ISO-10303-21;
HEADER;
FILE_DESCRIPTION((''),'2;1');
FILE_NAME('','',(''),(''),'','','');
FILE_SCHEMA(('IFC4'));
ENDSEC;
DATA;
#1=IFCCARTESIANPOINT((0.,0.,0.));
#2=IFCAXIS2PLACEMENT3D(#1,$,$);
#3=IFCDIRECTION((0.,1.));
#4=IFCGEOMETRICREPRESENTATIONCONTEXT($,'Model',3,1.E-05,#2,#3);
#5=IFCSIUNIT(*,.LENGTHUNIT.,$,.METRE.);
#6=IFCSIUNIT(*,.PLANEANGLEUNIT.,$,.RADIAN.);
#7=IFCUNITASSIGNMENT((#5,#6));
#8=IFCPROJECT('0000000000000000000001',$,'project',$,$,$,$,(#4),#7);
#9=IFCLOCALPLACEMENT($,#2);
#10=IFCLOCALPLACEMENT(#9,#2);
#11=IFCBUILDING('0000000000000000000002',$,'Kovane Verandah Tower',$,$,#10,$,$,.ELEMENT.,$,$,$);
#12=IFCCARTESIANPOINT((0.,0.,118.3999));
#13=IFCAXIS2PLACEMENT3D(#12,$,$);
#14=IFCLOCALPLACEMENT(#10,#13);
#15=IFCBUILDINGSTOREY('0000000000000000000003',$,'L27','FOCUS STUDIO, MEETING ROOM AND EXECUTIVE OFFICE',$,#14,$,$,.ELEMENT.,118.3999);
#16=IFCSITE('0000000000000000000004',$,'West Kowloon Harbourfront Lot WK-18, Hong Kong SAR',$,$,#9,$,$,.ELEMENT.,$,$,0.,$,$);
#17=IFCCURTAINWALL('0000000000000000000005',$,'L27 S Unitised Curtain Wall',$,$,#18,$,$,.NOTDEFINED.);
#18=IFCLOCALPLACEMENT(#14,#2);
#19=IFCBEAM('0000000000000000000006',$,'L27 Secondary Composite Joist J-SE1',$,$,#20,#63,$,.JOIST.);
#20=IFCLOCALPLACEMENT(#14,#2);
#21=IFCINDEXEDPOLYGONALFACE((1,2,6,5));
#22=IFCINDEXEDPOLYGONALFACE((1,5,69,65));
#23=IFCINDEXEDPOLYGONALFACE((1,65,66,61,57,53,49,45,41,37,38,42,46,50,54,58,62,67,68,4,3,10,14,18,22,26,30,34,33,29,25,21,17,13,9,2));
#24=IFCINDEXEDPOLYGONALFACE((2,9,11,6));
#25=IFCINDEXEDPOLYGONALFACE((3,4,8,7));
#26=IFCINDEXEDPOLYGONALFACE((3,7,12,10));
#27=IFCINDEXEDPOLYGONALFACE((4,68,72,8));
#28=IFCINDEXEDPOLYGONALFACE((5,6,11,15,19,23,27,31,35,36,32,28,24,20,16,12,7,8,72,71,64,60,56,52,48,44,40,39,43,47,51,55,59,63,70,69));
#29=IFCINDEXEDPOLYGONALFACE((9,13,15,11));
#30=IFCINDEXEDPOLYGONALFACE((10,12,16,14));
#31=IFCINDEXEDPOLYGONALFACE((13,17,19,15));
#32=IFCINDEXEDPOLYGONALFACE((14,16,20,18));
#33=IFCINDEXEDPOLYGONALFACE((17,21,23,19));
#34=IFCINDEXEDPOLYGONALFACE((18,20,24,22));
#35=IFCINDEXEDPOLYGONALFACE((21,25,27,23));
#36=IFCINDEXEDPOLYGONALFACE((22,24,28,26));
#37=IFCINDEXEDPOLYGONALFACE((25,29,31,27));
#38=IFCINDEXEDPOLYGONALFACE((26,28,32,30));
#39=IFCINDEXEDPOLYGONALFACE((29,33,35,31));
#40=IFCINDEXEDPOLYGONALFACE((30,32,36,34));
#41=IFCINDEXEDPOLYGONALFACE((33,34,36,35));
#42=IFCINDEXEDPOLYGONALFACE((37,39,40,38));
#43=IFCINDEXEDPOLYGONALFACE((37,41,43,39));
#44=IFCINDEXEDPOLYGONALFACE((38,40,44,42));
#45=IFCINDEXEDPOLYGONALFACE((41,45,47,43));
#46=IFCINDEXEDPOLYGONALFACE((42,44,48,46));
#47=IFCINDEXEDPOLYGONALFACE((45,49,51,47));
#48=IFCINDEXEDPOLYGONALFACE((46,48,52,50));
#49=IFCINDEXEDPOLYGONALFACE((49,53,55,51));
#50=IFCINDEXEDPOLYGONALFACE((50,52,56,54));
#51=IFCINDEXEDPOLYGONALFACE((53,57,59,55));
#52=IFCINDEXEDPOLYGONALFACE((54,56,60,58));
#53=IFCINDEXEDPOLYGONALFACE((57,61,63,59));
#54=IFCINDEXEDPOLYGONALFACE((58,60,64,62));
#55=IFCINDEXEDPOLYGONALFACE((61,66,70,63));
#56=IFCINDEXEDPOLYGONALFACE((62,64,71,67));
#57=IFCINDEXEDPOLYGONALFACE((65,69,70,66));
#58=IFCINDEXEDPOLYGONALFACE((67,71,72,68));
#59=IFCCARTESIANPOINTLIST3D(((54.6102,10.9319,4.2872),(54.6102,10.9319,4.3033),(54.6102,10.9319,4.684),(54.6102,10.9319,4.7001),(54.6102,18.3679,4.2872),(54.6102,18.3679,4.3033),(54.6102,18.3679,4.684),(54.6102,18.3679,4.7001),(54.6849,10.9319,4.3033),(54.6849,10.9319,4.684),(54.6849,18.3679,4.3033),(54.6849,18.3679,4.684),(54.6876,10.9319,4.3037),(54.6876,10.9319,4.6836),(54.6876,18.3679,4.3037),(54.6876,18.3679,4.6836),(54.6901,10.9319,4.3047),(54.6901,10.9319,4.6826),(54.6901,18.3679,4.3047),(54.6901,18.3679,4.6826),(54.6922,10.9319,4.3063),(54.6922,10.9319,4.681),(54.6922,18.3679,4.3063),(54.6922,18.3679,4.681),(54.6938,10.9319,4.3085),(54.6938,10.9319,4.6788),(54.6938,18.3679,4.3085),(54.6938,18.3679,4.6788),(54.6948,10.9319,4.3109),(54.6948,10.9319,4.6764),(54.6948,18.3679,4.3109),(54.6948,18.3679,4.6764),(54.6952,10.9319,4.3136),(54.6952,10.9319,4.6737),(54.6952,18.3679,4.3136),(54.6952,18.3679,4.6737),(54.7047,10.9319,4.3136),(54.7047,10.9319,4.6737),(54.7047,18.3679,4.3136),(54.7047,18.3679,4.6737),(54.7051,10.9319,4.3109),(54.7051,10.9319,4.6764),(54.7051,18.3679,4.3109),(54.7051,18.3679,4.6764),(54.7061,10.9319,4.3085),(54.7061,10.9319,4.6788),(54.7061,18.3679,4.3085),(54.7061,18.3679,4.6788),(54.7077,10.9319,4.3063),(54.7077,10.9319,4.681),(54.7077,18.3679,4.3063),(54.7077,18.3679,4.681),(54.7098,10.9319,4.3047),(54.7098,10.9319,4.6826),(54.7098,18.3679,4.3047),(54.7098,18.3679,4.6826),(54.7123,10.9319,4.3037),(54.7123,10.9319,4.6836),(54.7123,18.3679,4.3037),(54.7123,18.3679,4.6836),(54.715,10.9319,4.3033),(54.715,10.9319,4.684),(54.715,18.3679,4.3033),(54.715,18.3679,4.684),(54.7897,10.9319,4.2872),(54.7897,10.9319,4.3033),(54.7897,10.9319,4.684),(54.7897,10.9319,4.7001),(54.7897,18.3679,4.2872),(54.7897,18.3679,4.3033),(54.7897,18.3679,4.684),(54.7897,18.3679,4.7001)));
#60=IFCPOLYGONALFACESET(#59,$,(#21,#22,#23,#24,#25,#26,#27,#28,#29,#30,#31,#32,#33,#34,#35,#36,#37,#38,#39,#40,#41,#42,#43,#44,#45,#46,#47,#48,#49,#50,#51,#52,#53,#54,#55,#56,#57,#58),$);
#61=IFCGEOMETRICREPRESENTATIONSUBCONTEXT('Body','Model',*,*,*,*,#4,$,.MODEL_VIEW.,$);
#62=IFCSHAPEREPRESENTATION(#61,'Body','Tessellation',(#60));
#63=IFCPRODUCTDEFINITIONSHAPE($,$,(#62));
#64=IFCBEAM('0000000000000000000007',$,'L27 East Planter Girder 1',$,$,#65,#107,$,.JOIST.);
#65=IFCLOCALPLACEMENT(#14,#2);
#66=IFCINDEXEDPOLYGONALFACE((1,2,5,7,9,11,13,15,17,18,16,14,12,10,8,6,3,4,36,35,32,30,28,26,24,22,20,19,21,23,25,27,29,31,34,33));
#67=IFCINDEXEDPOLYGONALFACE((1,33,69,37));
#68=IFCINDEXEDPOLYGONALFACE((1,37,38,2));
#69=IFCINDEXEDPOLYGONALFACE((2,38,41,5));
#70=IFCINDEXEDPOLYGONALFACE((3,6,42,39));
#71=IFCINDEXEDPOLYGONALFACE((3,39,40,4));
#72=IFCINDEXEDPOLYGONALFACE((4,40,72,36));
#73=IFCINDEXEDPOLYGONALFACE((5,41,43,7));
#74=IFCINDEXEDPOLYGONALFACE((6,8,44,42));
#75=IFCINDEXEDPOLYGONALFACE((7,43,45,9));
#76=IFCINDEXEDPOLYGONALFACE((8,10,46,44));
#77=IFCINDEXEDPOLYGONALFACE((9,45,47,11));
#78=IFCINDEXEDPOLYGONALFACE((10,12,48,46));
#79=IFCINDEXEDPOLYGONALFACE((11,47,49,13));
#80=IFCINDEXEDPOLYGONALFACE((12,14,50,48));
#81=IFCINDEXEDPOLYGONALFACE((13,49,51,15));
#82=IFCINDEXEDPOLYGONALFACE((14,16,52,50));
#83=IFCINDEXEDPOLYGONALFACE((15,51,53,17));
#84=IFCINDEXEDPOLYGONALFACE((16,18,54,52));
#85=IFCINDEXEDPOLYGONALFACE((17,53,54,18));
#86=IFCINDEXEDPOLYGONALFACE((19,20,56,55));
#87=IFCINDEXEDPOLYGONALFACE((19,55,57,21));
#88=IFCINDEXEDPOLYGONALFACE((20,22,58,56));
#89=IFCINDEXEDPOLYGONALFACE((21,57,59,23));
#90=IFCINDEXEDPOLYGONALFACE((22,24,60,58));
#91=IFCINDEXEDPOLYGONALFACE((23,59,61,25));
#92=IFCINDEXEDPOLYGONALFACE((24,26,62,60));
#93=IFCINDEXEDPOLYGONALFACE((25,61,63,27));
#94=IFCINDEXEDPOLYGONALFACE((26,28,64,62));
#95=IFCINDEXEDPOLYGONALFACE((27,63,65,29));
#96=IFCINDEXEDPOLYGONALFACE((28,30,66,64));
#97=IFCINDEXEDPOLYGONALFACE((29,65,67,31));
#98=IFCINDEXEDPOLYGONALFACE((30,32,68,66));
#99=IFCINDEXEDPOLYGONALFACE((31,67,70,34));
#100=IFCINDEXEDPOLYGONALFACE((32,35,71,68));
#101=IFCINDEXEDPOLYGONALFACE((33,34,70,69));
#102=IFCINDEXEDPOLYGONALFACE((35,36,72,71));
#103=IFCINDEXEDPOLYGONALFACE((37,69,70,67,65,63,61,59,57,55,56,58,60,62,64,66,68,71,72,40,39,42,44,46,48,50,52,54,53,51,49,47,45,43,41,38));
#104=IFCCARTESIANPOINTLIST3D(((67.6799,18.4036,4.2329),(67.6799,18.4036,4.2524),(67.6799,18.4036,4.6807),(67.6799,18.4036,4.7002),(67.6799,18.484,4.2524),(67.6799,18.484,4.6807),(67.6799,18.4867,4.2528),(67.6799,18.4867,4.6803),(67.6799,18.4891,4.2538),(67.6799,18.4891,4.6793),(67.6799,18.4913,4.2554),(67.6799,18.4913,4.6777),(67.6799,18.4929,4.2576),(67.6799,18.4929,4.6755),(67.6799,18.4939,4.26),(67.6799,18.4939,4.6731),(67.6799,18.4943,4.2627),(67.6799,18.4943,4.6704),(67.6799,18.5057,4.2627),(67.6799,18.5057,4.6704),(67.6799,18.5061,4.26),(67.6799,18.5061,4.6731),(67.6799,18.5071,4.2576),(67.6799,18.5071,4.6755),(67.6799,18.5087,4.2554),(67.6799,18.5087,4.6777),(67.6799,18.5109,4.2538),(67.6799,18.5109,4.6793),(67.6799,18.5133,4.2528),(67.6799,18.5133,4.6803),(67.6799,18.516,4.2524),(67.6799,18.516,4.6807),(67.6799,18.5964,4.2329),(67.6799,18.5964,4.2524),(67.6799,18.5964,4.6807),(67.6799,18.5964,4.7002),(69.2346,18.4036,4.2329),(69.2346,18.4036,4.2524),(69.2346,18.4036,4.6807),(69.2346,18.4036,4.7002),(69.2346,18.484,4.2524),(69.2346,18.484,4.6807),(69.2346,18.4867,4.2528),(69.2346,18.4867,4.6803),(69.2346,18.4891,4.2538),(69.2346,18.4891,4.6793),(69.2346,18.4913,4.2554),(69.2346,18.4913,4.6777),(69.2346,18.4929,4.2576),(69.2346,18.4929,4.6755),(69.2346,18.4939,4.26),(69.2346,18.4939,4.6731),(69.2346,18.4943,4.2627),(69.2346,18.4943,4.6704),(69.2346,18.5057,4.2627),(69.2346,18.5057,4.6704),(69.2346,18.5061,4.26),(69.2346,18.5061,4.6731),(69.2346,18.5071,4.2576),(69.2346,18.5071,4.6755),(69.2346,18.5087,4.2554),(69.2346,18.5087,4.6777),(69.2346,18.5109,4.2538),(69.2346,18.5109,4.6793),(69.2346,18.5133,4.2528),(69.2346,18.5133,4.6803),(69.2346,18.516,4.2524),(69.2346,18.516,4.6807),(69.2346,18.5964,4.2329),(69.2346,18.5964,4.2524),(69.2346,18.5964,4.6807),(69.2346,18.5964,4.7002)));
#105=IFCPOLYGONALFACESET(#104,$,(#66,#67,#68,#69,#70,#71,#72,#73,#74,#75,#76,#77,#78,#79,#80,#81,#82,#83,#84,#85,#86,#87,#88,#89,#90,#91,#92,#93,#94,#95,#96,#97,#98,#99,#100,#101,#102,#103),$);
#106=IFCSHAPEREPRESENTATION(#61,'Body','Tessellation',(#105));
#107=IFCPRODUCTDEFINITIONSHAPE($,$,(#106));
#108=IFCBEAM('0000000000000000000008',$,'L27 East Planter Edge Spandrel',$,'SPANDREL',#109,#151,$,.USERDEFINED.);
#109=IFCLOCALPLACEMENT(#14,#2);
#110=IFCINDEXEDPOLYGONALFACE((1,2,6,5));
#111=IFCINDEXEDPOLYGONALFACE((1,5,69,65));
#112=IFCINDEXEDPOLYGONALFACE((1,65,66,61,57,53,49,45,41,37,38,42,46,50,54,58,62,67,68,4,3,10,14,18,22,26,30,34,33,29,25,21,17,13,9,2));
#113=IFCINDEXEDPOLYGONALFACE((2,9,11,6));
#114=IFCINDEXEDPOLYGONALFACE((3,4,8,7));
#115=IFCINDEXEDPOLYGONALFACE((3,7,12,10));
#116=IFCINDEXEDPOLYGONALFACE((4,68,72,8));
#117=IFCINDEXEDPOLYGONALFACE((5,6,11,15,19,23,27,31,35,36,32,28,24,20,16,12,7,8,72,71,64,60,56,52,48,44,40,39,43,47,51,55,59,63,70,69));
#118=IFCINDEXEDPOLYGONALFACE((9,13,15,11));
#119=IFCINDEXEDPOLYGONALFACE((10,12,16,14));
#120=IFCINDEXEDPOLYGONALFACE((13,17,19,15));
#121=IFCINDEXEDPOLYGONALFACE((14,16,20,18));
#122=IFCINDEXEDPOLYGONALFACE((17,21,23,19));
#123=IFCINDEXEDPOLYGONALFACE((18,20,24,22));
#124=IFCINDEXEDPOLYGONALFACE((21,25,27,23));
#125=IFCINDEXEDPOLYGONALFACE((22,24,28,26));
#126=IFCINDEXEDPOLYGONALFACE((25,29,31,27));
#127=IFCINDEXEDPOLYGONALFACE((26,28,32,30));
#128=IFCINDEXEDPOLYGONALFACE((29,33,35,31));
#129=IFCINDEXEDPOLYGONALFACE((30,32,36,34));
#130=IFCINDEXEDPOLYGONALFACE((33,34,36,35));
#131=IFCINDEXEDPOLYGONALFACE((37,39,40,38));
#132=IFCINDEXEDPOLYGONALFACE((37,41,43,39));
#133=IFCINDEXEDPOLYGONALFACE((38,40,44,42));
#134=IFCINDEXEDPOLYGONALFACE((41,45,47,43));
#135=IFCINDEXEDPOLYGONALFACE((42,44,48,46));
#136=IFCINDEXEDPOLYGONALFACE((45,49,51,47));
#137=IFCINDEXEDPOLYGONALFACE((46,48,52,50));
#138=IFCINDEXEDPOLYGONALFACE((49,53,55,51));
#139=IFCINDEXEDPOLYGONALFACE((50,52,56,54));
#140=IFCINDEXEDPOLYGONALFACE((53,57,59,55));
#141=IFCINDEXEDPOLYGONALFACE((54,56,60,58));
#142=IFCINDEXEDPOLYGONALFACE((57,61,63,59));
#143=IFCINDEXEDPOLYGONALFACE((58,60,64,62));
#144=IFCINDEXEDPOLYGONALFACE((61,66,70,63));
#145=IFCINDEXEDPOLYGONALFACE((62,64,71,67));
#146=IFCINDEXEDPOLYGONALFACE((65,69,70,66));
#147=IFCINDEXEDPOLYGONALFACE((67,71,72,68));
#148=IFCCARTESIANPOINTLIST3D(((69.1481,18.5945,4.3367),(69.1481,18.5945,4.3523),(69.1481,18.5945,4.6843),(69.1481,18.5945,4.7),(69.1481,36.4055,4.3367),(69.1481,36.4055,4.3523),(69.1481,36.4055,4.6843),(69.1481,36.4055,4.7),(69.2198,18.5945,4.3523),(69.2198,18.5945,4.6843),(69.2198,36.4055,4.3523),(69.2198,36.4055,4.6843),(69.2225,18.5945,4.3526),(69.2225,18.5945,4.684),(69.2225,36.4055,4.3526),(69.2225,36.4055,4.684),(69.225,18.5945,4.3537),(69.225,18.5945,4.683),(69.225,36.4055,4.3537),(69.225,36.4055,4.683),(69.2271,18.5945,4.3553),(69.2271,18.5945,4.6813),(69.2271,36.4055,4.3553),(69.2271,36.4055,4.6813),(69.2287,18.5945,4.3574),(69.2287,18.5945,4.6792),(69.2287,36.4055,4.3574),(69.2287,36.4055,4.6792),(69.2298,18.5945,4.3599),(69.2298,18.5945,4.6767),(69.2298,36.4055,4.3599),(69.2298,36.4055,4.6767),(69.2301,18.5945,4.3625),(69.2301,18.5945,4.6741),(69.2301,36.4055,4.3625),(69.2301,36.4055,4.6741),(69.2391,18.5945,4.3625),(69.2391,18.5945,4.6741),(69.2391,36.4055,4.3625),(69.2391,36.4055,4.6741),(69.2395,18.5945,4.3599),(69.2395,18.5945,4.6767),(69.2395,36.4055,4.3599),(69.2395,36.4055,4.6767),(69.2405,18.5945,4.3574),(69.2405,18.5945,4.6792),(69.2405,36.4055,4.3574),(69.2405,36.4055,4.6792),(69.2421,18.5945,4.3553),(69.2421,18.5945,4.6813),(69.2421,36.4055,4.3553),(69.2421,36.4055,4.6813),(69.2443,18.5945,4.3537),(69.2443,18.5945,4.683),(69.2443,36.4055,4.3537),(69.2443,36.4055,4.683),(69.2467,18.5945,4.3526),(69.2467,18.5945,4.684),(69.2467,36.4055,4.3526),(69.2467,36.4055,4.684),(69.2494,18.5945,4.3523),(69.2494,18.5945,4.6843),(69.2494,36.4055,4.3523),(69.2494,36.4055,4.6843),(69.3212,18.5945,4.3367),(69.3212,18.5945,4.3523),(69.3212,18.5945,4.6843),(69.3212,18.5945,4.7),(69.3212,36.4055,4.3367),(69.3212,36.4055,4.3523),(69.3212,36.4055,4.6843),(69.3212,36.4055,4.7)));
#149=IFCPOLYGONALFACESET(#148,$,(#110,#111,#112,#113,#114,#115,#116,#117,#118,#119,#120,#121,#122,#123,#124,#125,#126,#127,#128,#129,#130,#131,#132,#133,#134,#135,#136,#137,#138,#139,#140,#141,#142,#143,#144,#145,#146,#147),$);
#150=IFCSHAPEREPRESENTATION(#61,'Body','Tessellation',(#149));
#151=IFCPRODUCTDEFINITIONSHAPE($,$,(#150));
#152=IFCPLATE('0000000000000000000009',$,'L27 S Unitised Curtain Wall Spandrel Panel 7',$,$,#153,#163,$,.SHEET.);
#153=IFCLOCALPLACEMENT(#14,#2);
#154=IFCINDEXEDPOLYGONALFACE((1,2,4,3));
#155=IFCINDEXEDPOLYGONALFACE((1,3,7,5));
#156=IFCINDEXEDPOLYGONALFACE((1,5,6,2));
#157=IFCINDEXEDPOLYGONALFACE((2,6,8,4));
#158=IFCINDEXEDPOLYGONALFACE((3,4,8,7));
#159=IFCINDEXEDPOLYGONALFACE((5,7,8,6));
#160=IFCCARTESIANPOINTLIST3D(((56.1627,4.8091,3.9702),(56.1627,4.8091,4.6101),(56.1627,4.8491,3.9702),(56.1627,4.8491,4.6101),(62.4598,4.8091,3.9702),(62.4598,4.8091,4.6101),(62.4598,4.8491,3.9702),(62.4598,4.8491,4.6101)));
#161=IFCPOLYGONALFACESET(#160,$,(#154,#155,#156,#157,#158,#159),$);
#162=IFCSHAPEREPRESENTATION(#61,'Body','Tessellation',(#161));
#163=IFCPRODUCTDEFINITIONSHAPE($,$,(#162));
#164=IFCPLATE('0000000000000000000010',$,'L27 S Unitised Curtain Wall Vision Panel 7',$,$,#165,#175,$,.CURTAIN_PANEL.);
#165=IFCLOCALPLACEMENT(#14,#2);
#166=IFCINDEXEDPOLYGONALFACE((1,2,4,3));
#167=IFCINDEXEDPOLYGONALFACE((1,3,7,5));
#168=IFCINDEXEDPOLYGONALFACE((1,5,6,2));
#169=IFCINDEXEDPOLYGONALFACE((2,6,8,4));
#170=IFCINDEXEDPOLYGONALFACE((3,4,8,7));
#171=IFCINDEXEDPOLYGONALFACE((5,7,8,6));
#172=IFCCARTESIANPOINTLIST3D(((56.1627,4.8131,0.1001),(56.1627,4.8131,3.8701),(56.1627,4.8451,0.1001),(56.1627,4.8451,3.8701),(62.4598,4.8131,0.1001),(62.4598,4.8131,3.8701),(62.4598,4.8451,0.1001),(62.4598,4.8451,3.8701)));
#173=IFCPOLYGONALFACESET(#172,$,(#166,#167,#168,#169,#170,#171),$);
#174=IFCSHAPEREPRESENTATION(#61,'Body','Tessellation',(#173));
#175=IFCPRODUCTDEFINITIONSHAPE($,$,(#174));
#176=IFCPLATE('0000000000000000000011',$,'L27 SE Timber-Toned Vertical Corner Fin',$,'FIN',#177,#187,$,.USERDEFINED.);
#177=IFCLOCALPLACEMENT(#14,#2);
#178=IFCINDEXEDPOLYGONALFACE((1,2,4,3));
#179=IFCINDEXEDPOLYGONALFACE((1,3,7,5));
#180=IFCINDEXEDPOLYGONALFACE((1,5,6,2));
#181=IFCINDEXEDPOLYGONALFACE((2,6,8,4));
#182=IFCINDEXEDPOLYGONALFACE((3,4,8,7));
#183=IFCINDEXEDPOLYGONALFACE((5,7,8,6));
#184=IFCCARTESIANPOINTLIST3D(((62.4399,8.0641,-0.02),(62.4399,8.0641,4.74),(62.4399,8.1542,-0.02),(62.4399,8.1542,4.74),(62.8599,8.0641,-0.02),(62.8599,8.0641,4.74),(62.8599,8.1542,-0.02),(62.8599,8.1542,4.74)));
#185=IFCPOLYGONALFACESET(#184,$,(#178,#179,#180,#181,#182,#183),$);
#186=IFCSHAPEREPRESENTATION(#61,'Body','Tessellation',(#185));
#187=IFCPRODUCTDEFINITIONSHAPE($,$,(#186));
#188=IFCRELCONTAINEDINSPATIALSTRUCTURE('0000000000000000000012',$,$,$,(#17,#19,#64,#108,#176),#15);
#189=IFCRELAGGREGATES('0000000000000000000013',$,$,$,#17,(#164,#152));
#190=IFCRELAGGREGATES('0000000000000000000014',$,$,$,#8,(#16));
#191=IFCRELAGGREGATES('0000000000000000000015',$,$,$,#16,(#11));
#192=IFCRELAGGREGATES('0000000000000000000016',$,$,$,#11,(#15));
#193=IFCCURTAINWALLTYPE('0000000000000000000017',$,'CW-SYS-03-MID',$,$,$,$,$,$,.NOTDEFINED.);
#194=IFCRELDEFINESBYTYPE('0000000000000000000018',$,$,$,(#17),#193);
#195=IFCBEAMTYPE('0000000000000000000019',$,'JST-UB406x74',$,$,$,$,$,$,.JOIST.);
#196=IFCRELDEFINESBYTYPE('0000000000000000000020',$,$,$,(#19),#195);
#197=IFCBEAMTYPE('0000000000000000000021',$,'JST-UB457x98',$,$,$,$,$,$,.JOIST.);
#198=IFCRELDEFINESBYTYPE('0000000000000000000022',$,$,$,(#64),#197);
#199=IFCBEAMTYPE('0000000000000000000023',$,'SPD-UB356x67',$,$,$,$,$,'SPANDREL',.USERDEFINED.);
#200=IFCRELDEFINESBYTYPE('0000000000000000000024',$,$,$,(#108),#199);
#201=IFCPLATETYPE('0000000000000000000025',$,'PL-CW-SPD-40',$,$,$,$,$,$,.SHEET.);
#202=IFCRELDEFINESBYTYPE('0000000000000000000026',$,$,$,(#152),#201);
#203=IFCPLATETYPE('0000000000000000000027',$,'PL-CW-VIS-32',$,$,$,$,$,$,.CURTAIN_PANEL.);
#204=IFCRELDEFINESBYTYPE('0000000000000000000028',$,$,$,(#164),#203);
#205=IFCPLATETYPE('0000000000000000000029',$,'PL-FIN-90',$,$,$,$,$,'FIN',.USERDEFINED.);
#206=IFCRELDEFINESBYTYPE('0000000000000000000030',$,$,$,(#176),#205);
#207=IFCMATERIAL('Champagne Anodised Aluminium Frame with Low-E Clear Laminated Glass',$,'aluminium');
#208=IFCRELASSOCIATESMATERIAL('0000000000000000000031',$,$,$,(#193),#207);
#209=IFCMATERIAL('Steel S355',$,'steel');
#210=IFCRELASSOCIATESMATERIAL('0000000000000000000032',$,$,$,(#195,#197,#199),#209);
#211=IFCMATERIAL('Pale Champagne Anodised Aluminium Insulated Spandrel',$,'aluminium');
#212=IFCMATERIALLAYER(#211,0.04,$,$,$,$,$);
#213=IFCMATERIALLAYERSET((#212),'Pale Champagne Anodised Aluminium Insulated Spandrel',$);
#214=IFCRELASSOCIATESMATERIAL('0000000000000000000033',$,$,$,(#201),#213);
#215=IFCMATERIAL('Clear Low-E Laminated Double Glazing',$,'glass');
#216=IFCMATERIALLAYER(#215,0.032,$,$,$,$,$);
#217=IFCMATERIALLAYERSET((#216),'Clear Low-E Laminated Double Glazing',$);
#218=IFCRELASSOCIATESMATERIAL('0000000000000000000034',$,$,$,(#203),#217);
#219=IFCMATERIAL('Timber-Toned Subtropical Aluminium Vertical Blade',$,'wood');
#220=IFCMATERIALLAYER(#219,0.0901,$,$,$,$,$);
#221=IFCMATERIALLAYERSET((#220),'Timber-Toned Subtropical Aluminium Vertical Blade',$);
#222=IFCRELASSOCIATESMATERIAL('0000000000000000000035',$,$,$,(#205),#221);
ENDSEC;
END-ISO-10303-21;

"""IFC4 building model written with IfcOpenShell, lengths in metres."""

from ifc_helpers import new_model, si_unit, direction, frame, origin, origin_2d, place, context, subcontext, project, spatial, rectangle, i_section, extrude, material, layer, layer_set, material_profile, profile_set, type_object, element, aggregate, save


model = new_model("IFC4")

# Units and contexts
model_context = context("Model", 3, precision=1e-05, world=origin(), true_north=direction((0.0, 1.0)))
body_context = subcontext(model_context, "Body", "Model", "MODEL_VIEW")
ifc_project = project(units=[si_unit("LENGTHUNIT", "METRE"), si_unit("PLANEANGLEUNIT", "RADIAN")], contexts=[model_context])

# Site, building, storey
site_placement = place(None, origin())
site = spatial("IfcSite", under=ifc_project, at=site_placement, Name="West Kowloon Harbourfront Lot WK-18, Hong Kong SAR", CompositionType="ELEMENT", RefElevation=0.0)
building_placement = place(site_placement, origin())
building = spatial("IfcBuilding", under=site, at=building_placement, Name="Kovane Verandah Tower", CompositionType="ELEMENT")
storey_placement = place(building_placement, frame((0.0, 0.0, 118.3999)))
storey = spatial("IfcBuildingStorey", under=building, at=storey_placement, Name="L27", Description="FOCUS STUDIO, MEETING ROOM AND EXECUTIVE OFFICE", CompositionType="ELEMENT", Elevation=118.3999)

# Shared definitions
ifc_material_1 = material(Name="Steel S355", Category="steel")

# Curtain wall
ifc_material_2 = material(Name="Champagne Anodised Aluminium Frame with Low-E Clear Laminated Glass", Category="aluminium")
curtain_wall_type = type_object("IfcCurtainWallType", Name="CW-SYS-03-MID", PredefinedType="NOTDEFINED", material=ifc_material_2)
curtain_wall_placement = place(storey_placement, origin())
curtain_wall = element("IfcCurtainWall", 1, at=curtain_wall_placement, inside=storey, type_object=curtain_wall_type, Name="L27 S Unitised Curtain Wall", PredefinedType="NOTDEFINED")

# Beams
ifc_material_profile_1 = material_profile(ifc_material_1, i_section(OverallWidth=0.1794, OverallDepth=0.4128, WebThickness=0.0095, FlangeThickness=0.0161, FilletRadius=0.0103, at=origin_2d()), Name="UB406x178x74")
ifc_profile_set_1 = profile_set([ifc_material_profile_1], Name="Steel S355")
beam_type_1 = type_object("IfcBeamType", Name="JST-UB406x74", PredefinedType="JOIST", material=ifc_profile_set_1)
beam_1_placement = place(storey_placement, frame((54.7, 10.9319, 4.4937), z_axis=(0.0, 1.0, 0.0), x_axis=(-1.0, 0.0, 0.0)))
element("IfcBeam", 2, at=beam_1_placement, inside=storey, type_object=beam_type_1, Name="L27 Secondary Composite Joist J-SE1", PredefinedType="JOIST", context=body_context, shape_type="SweptSolid", body=[
    extrude(i_section(OverallWidth=0.1794, OverallDepth=0.4128, WebThickness=0.0095, FlangeThickness=0.0161, FilletRadius=0.0103, at=origin_2d()), origin(), (0.0, 0.0, 1.0), 7.436),
])
ifc_material_profile_2 = material_profile(ifc_material_1, i_section(OverallWidth=0.1929, OverallDepth=0.4673, WebThickness=0.0115, FlangeThickness=0.0195, FilletRadius=0.0103, at=origin_2d()), Name="UB457x191x98")
ifc_profile_set_2 = profile_set([ifc_material_profile_2], Name="Steel S355")
beam_type_2 = type_object("IfcBeamType", Name="JST-UB457x98", PredefinedType="JOIST", material=ifc_profile_set_2)
beam_2_placement = place(storey_placement, frame((67.6799, 18.5, 4.4666), z_axis=(1.0, 0.0, 0.0), x_axis=(0.0, 1.0, 0.0)))
element("IfcBeam", 3, at=beam_2_placement, inside=storey, type_object=beam_type_2, Name="L27 East Planter Girder 1", PredefinedType="JOIST", context=body_context, shape_type="SweptSolid", body=[
    extrude(i_section(OverallWidth=0.1929, OverallDepth=0.4673, WebThickness=0.0115, FlangeThickness=0.0195, FilletRadius=0.0103, at=origin_2d()), origin(), (0.0, 0.0, 1.0), 1.5547),
])
ifc_material_profile_3 = material_profile(ifc_material_1, i_section(OverallWidth=0.1731, OverallDepth=0.3633, WebThickness=0.009, FlangeThickness=0.0156, FilletRadius=0.0103, at=origin_2d()), Name="UB356x171x67")
ifc_profile_set_3 = profile_set([ifc_material_profile_3], Name="Steel S355")
beam_type_3 = type_object("IfcBeamType", Name="SPD-UB356x67", ElementType="SPANDREL", PredefinedType="USERDEFINED", material=ifc_profile_set_3)
beam_3_placement = place(storey_placement, frame((69.2346, 18.5945, 4.5183), z_axis=(0.0, 1.0, 0.0), x_axis=(-1.0, 0.0, 0.0)))
element("IfcBeam", 4, at=beam_3_placement, inside=storey, type_object=beam_type_3, Name="L27 East Planter Edge Spandrel", ObjectType="SPANDREL", PredefinedType="USERDEFINED", context=body_context, shape_type="SweptSolid", body=[
    extrude(i_section(OverallWidth=0.1731, OverallDepth=0.3633, WebThickness=0.009, FlangeThickness=0.0156, FilletRadius=0.0103, at=origin_2d()), origin(), (0.0, 0.0, 1.0), 17.811),
])

# Plates
ifc_material_3 = material(Name="Pale Champagne Anodised Aluminium Insulated Spandrel", Category="aluminium")
ifc_layer_1 = layer(ifc_material_3, 0.04)
ifc_layer_set_1 = layer_set([ifc_layer_1], Name="Pale Champagne Anodised Aluminium Insulated Spandrel")
plate_type_1 = type_object("IfcPlateType", Name="PL-CW-SPD-40", PredefinedType="SHEET", material=ifc_layer_set_1)
plate_1_placement = place(storey_placement, frame((59.3113, 4.8291, 3.9702), z_axis=(0.0, 0.0, 1.0), x_axis=(1.0, 0.0, 0.0)))
plate_1 = element("IfcPlate", 5, at=plate_1_placement, type_object=plate_type_1, Name="L27 S Unitised Curtain Wall Spandrel Panel 7", PredefinedType="SHEET", context=body_context, shape_type="SweptSolid", body=[
    extrude(rectangle(XDim=6.2971, YDim=0.04, at=origin_2d()), origin(), (0.0, 0.0, 1.0), 0.6399),
])
ifc_material_4 = material(Name="Clear Low-E Laminated Double Glazing", Category="glass")
ifc_layer_2 = layer(ifc_material_4, 0.032)
ifc_layer_set_2 = layer_set([ifc_layer_2], Name="Clear Low-E Laminated Double Glazing")
plate_type_2 = type_object("IfcPlateType", Name="PL-CW-VIS-32", PredefinedType="CURTAIN_PANEL", material=ifc_layer_set_2)
plate_2_placement = place(storey_placement, frame((59.3113, 4.8291, 0.1001), z_axis=(0.0, 0.0, 1.0), x_axis=(1.0, 0.0, 0.0)))
plate_2 = element("IfcPlate", 6, at=plate_2_placement, type_object=plate_type_2, Name="L27 S Unitised Curtain Wall Vision Panel 7", PredefinedType="CURTAIN_PANEL", context=body_context, shape_type="SweptSolid", body=[
    extrude(rectangle(XDim=6.2971, YDim=0.032, at=origin_2d()), origin(), (0.0, 0.0, 1.0), 3.77),
])
aggregate(curtain_wall, [plate_2, plate_1])
ifc_material_5 = material(Name="Timber-Toned Subtropical Aluminium Vertical Blade", Category="wood")
ifc_layer_3 = layer(ifc_material_5, 0.0901)
ifc_layer_set_3 = layer_set([ifc_layer_3], Name="Timber-Toned Subtropical Aluminium Vertical Blade")
plate_type_3 = type_object("IfcPlateType", Name="PL-FIN-90", ElementType="FIN", PredefinedType="USERDEFINED", material=ifc_layer_set_3)
plate_3_placement = place(storey_placement, frame((62.6499, 8.1091, -0.02), z_axis=(0.0, 0.0, 1.0), x_axis=(1.0, 0.0, 0.0)))
element("IfcPlate", 7, at=plate_3_placement, inside=storey, type_object=plate_type_3, Name="L27 SE Timber-Toned Vertical Corner Fin", ObjectType="FIN", PredefinedType="USERDEFINED", context=body_context, shape_type="SweptSolid", body=[
    extrude(rectangle(XDim=0.4199, YDim=0.0901, at=origin_2d()), origin(), (0.0, 0.0, 1.0), 4.76),
])

save(model, "model.ifc")
